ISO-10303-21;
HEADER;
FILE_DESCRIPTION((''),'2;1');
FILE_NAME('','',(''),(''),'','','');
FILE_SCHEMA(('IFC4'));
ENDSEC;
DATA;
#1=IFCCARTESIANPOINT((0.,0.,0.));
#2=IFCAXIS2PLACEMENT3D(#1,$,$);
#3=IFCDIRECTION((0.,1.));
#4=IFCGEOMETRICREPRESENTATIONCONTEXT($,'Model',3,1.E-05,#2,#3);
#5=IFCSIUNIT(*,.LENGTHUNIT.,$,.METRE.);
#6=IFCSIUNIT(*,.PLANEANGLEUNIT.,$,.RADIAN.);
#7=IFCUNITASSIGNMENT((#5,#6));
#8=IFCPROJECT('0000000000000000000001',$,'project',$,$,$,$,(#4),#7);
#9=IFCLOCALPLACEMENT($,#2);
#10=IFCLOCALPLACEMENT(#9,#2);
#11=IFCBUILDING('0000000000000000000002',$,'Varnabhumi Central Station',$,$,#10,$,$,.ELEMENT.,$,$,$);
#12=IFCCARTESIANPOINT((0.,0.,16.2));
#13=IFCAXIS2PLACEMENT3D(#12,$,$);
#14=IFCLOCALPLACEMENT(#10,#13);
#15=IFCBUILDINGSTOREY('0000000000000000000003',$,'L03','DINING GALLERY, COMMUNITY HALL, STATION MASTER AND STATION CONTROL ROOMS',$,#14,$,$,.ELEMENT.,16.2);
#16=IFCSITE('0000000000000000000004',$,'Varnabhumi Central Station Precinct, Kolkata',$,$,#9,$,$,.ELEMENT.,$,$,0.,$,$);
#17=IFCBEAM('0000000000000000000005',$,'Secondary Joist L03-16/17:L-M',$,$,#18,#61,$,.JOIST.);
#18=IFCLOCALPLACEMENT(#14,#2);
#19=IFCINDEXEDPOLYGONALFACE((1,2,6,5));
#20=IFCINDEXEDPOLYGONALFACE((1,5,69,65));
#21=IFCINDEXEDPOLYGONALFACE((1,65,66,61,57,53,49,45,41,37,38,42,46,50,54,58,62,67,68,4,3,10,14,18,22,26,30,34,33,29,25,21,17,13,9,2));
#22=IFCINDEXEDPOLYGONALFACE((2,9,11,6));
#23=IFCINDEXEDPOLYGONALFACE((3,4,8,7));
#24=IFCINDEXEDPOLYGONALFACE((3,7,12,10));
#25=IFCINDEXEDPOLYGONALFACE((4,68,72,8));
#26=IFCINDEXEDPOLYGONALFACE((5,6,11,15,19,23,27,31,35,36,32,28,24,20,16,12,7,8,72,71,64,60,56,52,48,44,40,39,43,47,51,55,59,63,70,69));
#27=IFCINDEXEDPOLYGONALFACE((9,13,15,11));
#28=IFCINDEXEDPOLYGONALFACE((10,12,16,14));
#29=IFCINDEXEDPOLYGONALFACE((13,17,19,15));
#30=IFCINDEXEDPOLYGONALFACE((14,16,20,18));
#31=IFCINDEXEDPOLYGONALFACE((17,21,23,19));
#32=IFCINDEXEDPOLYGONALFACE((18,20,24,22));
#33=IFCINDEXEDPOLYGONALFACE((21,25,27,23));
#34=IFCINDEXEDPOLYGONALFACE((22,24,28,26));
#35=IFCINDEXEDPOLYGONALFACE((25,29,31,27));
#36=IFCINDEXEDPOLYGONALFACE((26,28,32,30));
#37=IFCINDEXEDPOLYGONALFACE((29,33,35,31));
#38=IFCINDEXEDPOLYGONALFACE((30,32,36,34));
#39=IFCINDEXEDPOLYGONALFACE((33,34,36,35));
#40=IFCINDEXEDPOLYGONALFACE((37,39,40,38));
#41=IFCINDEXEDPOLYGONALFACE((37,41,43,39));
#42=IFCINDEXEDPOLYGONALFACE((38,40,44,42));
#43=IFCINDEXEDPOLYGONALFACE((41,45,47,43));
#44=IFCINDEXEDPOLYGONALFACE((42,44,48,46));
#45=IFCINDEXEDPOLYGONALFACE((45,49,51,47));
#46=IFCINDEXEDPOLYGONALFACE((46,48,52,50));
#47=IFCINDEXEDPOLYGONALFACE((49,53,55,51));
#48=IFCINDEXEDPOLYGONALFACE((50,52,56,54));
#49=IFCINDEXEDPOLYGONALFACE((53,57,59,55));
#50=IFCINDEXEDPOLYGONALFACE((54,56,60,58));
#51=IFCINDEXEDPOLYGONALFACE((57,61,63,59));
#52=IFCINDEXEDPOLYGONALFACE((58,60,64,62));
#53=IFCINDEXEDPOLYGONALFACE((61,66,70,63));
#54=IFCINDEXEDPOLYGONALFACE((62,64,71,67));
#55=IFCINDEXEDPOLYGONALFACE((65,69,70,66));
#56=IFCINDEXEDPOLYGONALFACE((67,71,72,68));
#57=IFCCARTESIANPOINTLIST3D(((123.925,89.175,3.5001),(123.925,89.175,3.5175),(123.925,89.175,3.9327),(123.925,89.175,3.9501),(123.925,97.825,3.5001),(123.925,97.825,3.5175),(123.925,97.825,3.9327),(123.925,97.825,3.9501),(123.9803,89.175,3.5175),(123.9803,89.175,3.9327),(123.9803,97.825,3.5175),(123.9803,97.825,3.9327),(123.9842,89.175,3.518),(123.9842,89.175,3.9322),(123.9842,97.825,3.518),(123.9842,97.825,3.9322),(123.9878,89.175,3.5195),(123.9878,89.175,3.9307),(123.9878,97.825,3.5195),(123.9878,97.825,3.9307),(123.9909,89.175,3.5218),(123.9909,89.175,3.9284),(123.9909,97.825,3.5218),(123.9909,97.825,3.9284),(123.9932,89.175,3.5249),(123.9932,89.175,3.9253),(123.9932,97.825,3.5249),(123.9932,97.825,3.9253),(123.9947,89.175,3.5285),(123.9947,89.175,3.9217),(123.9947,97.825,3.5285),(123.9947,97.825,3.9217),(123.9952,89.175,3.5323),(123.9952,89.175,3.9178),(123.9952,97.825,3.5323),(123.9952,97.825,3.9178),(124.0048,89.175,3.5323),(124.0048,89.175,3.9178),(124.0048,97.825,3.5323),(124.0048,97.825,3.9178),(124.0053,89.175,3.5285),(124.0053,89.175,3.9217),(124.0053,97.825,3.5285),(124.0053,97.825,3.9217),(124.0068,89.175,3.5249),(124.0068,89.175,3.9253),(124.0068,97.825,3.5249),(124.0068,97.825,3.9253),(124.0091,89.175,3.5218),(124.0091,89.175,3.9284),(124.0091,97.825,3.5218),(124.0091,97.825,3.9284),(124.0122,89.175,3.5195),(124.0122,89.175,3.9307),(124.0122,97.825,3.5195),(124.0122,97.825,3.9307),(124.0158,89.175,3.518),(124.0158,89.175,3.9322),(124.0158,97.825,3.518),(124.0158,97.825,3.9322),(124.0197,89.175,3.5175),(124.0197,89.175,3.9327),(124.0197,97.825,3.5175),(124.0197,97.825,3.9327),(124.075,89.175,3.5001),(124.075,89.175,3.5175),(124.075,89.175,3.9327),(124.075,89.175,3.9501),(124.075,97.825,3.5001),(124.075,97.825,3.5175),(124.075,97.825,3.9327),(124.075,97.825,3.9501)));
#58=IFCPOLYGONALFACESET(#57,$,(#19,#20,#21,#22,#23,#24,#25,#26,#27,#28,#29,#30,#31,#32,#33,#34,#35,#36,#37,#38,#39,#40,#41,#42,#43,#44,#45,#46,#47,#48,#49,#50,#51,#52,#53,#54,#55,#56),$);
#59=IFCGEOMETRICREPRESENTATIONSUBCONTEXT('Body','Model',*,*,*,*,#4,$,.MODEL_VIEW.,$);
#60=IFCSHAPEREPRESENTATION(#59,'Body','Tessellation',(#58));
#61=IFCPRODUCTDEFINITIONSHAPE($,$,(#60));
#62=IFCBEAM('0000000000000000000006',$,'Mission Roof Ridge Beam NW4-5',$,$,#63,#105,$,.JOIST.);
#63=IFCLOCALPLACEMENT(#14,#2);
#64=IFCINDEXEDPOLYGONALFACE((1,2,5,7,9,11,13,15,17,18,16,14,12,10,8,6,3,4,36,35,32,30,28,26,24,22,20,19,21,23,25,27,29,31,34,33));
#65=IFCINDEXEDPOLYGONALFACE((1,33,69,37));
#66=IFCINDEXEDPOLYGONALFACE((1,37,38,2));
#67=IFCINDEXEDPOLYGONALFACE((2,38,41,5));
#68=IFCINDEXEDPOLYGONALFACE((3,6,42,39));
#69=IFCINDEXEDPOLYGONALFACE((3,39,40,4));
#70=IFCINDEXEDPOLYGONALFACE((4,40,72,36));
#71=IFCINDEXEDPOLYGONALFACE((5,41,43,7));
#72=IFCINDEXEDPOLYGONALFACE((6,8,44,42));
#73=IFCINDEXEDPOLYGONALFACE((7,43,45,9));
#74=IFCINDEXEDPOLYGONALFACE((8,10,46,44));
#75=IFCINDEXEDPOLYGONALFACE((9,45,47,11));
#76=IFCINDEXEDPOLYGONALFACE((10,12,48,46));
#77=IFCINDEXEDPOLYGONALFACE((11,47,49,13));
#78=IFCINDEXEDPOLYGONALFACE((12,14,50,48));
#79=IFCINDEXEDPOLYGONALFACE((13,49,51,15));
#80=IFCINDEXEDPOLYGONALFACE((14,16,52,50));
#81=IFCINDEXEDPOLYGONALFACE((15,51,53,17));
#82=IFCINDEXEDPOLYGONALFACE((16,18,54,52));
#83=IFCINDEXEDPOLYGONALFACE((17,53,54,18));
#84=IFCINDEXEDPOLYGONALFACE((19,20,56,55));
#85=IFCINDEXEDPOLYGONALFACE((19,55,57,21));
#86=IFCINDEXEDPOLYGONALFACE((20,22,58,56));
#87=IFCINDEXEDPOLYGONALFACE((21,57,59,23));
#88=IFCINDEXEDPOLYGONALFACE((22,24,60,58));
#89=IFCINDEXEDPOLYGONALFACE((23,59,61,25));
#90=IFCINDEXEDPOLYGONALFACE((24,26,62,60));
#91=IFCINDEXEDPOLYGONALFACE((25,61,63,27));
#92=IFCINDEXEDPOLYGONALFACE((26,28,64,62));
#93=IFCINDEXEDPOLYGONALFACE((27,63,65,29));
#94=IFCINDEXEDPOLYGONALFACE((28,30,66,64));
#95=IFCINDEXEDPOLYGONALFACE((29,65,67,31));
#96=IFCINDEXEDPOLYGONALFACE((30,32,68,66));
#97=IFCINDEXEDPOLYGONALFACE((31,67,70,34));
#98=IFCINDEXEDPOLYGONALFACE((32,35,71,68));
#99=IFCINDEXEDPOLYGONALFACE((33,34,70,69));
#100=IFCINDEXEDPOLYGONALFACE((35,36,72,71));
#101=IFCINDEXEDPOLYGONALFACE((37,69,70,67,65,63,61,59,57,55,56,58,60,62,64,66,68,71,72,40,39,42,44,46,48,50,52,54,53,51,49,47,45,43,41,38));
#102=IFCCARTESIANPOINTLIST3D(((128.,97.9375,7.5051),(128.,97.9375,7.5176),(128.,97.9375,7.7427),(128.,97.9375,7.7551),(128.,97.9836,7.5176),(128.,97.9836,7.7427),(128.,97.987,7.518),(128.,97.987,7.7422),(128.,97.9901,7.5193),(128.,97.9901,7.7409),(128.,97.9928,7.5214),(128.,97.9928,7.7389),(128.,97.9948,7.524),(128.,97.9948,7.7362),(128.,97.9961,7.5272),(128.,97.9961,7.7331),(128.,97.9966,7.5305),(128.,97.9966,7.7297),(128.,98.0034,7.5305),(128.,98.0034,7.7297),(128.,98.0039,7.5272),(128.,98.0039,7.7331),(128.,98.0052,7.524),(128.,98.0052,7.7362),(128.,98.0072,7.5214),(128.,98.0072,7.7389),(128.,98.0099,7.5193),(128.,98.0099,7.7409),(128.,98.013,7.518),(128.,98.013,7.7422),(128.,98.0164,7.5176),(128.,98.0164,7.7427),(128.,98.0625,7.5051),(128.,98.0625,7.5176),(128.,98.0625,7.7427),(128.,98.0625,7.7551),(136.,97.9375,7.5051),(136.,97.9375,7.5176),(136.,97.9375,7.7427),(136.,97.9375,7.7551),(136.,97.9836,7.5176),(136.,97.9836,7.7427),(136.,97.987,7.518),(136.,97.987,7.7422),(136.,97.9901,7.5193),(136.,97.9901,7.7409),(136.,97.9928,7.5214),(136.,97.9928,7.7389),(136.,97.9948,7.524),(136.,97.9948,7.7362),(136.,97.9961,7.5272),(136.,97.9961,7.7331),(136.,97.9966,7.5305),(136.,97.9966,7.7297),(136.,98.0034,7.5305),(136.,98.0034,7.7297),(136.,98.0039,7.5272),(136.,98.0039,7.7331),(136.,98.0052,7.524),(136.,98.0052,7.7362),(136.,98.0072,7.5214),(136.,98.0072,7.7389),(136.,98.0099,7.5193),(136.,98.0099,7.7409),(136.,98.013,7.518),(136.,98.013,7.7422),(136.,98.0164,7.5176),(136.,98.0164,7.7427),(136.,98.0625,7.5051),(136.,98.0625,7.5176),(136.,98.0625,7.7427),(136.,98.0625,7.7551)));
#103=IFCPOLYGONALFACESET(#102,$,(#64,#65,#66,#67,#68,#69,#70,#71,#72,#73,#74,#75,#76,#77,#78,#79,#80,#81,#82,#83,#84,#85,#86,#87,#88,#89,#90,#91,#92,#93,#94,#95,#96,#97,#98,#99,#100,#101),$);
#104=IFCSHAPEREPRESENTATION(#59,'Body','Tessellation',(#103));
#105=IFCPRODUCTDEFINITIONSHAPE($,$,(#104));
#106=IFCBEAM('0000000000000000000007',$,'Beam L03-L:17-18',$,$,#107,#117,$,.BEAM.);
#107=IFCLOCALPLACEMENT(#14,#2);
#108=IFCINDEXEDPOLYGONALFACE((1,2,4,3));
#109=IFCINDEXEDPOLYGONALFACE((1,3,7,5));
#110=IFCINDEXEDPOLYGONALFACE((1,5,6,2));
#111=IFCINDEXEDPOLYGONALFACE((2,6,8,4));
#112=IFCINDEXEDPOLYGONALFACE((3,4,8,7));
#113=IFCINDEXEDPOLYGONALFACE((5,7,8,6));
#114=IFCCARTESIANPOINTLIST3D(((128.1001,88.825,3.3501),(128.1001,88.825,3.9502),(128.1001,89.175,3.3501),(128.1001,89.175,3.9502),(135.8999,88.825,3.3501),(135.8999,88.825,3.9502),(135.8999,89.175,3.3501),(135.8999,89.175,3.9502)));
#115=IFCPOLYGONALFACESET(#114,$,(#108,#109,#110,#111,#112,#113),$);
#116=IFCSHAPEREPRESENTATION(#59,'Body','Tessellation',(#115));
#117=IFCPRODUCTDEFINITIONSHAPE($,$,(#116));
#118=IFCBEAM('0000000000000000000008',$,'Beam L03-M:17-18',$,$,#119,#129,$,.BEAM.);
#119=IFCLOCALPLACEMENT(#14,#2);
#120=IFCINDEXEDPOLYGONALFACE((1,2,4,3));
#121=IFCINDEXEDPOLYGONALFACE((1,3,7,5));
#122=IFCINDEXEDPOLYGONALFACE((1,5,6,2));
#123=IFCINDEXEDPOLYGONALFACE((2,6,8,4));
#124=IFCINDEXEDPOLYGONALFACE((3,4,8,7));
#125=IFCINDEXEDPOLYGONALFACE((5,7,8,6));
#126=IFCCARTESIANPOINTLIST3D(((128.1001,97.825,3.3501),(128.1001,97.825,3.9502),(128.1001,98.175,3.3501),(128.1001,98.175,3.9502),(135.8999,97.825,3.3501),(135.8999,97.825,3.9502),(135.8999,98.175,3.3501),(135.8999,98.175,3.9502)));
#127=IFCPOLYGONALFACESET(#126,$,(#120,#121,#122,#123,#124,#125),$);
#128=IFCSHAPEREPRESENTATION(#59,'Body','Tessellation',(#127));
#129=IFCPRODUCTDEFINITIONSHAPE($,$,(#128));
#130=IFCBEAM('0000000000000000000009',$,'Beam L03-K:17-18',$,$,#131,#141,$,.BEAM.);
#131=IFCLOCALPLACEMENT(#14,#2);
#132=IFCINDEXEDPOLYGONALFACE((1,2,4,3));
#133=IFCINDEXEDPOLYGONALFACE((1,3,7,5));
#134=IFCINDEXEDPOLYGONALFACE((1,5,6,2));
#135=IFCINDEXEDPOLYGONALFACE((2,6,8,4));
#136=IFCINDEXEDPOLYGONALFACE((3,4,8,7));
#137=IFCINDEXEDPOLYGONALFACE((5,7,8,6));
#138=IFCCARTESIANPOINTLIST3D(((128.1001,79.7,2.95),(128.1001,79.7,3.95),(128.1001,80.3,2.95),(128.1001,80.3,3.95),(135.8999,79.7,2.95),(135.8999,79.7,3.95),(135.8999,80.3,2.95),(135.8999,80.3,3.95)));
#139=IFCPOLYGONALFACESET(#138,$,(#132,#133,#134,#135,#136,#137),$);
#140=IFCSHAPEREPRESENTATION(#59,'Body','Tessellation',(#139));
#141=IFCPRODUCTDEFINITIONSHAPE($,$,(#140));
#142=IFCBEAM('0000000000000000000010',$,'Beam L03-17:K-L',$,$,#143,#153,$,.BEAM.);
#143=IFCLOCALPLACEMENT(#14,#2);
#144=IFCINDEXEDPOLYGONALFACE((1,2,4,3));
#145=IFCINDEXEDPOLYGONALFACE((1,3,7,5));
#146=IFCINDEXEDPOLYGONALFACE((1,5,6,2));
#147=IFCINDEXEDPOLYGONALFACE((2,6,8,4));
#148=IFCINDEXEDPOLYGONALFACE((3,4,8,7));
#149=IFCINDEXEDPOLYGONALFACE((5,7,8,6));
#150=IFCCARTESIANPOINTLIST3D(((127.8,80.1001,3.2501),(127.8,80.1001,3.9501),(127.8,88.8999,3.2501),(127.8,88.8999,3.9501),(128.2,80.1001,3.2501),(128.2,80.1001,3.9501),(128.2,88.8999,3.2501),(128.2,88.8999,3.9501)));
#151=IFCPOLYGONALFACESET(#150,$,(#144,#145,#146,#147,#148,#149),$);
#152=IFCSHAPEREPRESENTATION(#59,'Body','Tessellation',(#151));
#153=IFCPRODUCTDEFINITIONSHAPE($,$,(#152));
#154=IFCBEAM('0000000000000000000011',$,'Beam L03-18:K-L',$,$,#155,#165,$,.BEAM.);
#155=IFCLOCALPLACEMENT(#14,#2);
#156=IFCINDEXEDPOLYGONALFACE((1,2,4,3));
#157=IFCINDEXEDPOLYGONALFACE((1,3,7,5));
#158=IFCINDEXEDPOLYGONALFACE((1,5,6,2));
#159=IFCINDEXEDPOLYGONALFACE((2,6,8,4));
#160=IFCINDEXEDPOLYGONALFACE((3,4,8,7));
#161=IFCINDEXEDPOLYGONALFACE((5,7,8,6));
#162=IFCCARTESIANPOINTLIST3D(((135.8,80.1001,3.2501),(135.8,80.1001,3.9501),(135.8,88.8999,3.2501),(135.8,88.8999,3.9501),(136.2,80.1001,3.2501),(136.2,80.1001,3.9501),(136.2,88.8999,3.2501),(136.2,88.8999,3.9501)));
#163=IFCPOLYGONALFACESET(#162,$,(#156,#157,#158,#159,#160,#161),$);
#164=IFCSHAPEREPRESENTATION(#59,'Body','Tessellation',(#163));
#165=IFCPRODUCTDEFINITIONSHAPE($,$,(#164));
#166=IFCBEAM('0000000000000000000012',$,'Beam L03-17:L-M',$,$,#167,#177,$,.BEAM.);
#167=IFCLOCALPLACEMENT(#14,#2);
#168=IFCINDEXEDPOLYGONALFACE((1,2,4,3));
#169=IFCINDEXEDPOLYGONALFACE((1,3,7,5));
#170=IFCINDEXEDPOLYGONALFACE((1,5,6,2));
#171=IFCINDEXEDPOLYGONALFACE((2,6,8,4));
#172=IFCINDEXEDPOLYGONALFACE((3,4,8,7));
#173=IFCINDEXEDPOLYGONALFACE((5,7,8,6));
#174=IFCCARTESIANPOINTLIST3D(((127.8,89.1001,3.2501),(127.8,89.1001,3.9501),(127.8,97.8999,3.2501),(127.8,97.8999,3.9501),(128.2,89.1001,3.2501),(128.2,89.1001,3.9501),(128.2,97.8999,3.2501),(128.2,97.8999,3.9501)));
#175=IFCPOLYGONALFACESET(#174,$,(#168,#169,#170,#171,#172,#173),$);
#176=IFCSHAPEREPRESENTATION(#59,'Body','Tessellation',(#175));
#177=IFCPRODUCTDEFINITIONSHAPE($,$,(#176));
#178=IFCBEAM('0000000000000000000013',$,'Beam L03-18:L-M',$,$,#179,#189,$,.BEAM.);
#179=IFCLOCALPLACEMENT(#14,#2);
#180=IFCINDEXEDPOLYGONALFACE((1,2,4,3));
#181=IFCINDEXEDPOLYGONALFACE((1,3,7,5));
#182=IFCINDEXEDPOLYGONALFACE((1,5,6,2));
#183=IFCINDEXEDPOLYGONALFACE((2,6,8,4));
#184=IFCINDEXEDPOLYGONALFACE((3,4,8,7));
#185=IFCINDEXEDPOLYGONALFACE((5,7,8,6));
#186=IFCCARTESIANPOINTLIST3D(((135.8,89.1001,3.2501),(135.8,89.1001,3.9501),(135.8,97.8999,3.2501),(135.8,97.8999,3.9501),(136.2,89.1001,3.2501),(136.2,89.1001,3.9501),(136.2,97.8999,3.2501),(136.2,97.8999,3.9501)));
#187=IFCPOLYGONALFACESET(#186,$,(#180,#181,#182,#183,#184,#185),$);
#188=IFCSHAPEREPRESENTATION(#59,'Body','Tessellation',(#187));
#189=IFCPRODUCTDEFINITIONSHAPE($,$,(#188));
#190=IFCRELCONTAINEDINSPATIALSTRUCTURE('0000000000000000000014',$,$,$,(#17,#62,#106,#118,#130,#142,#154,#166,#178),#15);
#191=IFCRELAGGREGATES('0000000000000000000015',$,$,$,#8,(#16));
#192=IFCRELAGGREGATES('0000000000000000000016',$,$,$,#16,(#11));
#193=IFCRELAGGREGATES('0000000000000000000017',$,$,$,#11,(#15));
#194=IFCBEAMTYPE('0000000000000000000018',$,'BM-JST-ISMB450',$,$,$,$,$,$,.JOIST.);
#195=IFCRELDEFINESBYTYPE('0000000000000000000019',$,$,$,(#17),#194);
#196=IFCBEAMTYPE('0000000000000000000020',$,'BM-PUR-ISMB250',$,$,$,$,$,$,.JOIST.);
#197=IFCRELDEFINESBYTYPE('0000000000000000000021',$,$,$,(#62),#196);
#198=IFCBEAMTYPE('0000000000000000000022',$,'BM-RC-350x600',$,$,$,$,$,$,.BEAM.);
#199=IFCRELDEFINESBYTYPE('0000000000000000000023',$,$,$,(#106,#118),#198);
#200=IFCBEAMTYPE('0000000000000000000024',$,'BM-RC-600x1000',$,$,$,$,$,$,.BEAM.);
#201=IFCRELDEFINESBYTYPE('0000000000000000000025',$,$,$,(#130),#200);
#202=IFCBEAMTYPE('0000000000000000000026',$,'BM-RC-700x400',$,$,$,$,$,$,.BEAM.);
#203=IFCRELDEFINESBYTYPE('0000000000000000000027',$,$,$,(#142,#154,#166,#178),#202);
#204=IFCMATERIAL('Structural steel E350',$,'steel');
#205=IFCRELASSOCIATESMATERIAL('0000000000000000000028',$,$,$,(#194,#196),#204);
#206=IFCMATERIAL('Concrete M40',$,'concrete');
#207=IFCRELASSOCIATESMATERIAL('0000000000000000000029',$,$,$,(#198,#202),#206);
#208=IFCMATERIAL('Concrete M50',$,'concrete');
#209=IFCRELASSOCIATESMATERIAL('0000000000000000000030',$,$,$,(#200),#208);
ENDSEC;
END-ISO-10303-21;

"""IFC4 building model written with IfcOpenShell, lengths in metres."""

from ifc_helpers import new_model, si_unit, direction, frame, origin, origin_2d, place, context, subcontext, project, spatial, rectangle, i_section, extrude, material, material_profile, profile_set, type_object, element, save


model = new_model("IFC4")

# Units and contexts
model_context = context("Model", 3, precision=1e-05, world=origin(), true_north=direction((0.0, 1.0)))
body_context = subcontext(model_context, "Body", "Model", "MODEL_VIEW")
ifc_project = project(units=[si_unit("LENGTHUNIT", "METRE"), si_unit("PLANEANGLEUNIT", "RADIAN")], contexts=[model_context])

# Site, building, storey
site_placement = place(None, origin())
site = spatial("IfcSite", under=ifc_project, at=site_placement, Name="Varnabhumi Central Station Precinct, Kolkata", CompositionType="ELEMENT", RefElevation=0.0)
building_placement = place(site_placement, origin())
building = spatial("IfcBuilding", under=site, at=building_placement, Name="Varnabhumi Central Station", CompositionType="ELEMENT")
storey_placement = place(building_placement, frame((0.0, 0.0, 16.2)))
storey = spatial("IfcBuildingStorey", under=building, at=storey_placement, Name="L03", Description="DINING GALLERY, COMMUNITY HALL, STATION MASTER AND STATION CONTROL ROOMS", CompositionType="ELEMENT", Elevation=16.2)

# Shared definitions
ifc_material_1 = material(Name="Concrete M40", Category="concrete")
ifc_material_2 = material(Name="Structural steel E350", Category="steel")

# Beams
ifc_material_profile_1 = material_profile(ifc_material_2, i_section(OverallWidth=0.1499, OverallDepth=0.45, WebThickness=0.0095, FlangeThickness=0.0173, FilletRadius=0.0149, at=origin_2d()), Name="Structural steel E350", Category="steel")
ifc_profile_set_1 = profile_set([ifc_material_profile_1], Name="Structural steel E350")
beam_type_1 = type_object("IfcBeamType", Name="BM-JST-ISMB450", PredefinedType="JOIST", material=ifc_profile_set_1)
beam_1_placement = place(storey_placement, frame((124.0, 89.175, 3.7251), z_axis=(0.0, 1.0, 0.0), x_axis=(-1.0, 0.0, 0.0)))
element("IfcBeam", 1, at=beam_1_placement, inside=storey, type_object=beam_type_1, Name="Secondary Joist L03-16/17:L-M", PredefinedType="JOIST", context=body_context, shape_type="SweptSolid", body=[
    extrude(i_section(OverallWidth=0.1499, OverallDepth=0.45, WebThickness=0.0095, FlangeThickness=0.0173, FilletRadius=0.0149, at=origin_2d()), origin(), (0.0, 0.0, 1.0), 8.6499),
])
ifc_material_profile_2 = material_profile(ifc_material_2, i_section(OverallWidth=0.125, OverallDepth=0.25, WebThickness=0.0068, FlangeThickness=0.0125, FilletRadius=0.0129, at=origin_2d()), Name="Structural steel E350", Category="steel")
ifc_profile_set_2 = profile_set([ifc_material_profile_2], Name="Structural steel E350")
beam_type_2 = type_object("IfcBeamType", Name="BM-PUR-ISMB250", PredefinedType="JOIST", material=ifc_profile_set_2)
beam_2_placement = place(storey_placement, frame((128.0, 98.0, 7.6301), z_axis=(1.0, 0.0, 0.0), x_axis=(0.0, 1.0, 0.0)))
element("IfcBeam", 2, at=beam_2_placement, inside=storey, type_object=beam_type_2, Name="Mission Roof Ridge Beam NW4-5", PredefinedType="JOIST", context=body_context, shape_type="SweptSolid", body=[
    extrude(i_section(OverallWidth=0.125, OverallDepth=0.25, WebThickness=0.0068, FlangeThickness=0.0125, FilletRadius=0.0129, at=origin_2d()), origin(), (0.0, 0.0, 1.0), 8.0),
])
ifc_material_profile_3 = material_profile(ifc_material_1, rectangle(XDim=0.3501, YDim=0.6001, at=origin_2d()), Name="Concrete M40", Category="concrete")
ifc_profile_set_3 = profile_set([ifc_material_profile_3], Name="Concrete M40")
beam_type_3 = type_object("IfcBeamType", Name="BM-RC-350x600", PredefinedType="BEAM", material=ifc_profile_set_3)
for number, where, z_axis, x_axis, name in (
    (3, (128.1001, 89.0, 3.6501), (1.0, 0.0, 0.0), (0.0, 1.0, 0.0), "Beam L03-L:17-18"),
    (4, (128.1001, 98.0, 3.6501), (1.0, 0.0, 0.0), (0.0, 1.0, 0.0), "Beam L03-M:17-18"),
):
    element("IfcBeam", number, at=place(storey_placement, frame(where, z_axis=z_axis, x_axis=x_axis)), inside=storey, type_object=beam_type_3, Name=name, PredefinedType="BEAM", context=body_context, shape_type="SweptSolid", body=[
        extrude(rectangle(XDim=0.3501, YDim=0.6001, at=origin_2d()), origin(), (0.0, 0.0, 1.0), 7.7998),
    ])
ifc_material_3 = material(Name="Concrete M50", Category="concrete")
ifc_material_profile_4 = material_profile(ifc_material_3, rectangle(XDim=0.6001, YDim=1.0, at=origin_2d()), Name="Concrete M50", Category="concrete")
ifc_profile_set_4 = profile_set([ifc_material_profile_4], Name="Concrete M50")
beam_type_4 = type_object("IfcBeamType", Name="BM-RC-600x1000", PredefinedType="BEAM", material=ifc_profile_set_4)
beam_3_placement = place(storey_placement, frame((128.1001, 80.0, 3.45), z_axis=(1.0, 0.0, 0.0), x_axis=(0.0, 1.0, 0.0)))
element("IfcBeam", 5, at=beam_3_placement, inside=storey, type_object=beam_type_4, Name="Beam L03-K:17-18", PredefinedType="BEAM", context=body_context, shape_type="SweptSolid", body=[
    extrude(rectangle(XDim=0.6001, YDim=1.0, at=origin_2d()), origin(), (0.0, 0.0, 1.0), 7.7998),
])
ifc_material_profile_5 = material_profile(ifc_material_1, rectangle(XDim=0.3999, YDim=0.7, at=origin_2d()), Name="Concrete M40", Category="concrete")
ifc_profile_set_5 = profile_set([ifc_material_profile_5], Name="Concrete M40")
beam_type_5 = type_object("IfcBeamType", Name="BM-RC-700x400", PredefinedType="BEAM", material=ifc_profile_set_5)
for number, where, z_axis, x_axis, name in (
    (6, (128.0, 80.1001, 3.6001), (0.0, 1.0, 0.0), (-1.0, 0.0, 0.0), "Beam L03-17:K-L"),
    (7, (136.0, 80.1001, 3.6001), (0.0, 1.0, 0.0), (-1.0, 0.0, 0.0), "Beam L03-18:K-L"),
    (8, (128.0, 89.1001, 3.6001), (0.0, 1.0, 0.0), (-1.0, 0.0, 0.0), "Beam L03-17:L-M"),
    (9, (136.0, 89.1001, 3.6001), (0.0, 1.0, 0.0), (-1.0, 0.0, 0.0), "Beam L03-18:L-M"),
):
    element("IfcBeam", number, at=place(storey_placement, frame(where, z_axis=z_axis, x_axis=x_axis)), inside=storey, type_object=beam_type_5, Name=name, PredefinedType="BEAM", context=body_context, shape_type="SweptSolid", body=[
        extrude(rectangle(XDim=0.3999, YDim=0.7, at=origin_2d()), origin(), (0.0, 0.0, 1.0), 8.7998),
    ])

save(model, "model.ifc")
